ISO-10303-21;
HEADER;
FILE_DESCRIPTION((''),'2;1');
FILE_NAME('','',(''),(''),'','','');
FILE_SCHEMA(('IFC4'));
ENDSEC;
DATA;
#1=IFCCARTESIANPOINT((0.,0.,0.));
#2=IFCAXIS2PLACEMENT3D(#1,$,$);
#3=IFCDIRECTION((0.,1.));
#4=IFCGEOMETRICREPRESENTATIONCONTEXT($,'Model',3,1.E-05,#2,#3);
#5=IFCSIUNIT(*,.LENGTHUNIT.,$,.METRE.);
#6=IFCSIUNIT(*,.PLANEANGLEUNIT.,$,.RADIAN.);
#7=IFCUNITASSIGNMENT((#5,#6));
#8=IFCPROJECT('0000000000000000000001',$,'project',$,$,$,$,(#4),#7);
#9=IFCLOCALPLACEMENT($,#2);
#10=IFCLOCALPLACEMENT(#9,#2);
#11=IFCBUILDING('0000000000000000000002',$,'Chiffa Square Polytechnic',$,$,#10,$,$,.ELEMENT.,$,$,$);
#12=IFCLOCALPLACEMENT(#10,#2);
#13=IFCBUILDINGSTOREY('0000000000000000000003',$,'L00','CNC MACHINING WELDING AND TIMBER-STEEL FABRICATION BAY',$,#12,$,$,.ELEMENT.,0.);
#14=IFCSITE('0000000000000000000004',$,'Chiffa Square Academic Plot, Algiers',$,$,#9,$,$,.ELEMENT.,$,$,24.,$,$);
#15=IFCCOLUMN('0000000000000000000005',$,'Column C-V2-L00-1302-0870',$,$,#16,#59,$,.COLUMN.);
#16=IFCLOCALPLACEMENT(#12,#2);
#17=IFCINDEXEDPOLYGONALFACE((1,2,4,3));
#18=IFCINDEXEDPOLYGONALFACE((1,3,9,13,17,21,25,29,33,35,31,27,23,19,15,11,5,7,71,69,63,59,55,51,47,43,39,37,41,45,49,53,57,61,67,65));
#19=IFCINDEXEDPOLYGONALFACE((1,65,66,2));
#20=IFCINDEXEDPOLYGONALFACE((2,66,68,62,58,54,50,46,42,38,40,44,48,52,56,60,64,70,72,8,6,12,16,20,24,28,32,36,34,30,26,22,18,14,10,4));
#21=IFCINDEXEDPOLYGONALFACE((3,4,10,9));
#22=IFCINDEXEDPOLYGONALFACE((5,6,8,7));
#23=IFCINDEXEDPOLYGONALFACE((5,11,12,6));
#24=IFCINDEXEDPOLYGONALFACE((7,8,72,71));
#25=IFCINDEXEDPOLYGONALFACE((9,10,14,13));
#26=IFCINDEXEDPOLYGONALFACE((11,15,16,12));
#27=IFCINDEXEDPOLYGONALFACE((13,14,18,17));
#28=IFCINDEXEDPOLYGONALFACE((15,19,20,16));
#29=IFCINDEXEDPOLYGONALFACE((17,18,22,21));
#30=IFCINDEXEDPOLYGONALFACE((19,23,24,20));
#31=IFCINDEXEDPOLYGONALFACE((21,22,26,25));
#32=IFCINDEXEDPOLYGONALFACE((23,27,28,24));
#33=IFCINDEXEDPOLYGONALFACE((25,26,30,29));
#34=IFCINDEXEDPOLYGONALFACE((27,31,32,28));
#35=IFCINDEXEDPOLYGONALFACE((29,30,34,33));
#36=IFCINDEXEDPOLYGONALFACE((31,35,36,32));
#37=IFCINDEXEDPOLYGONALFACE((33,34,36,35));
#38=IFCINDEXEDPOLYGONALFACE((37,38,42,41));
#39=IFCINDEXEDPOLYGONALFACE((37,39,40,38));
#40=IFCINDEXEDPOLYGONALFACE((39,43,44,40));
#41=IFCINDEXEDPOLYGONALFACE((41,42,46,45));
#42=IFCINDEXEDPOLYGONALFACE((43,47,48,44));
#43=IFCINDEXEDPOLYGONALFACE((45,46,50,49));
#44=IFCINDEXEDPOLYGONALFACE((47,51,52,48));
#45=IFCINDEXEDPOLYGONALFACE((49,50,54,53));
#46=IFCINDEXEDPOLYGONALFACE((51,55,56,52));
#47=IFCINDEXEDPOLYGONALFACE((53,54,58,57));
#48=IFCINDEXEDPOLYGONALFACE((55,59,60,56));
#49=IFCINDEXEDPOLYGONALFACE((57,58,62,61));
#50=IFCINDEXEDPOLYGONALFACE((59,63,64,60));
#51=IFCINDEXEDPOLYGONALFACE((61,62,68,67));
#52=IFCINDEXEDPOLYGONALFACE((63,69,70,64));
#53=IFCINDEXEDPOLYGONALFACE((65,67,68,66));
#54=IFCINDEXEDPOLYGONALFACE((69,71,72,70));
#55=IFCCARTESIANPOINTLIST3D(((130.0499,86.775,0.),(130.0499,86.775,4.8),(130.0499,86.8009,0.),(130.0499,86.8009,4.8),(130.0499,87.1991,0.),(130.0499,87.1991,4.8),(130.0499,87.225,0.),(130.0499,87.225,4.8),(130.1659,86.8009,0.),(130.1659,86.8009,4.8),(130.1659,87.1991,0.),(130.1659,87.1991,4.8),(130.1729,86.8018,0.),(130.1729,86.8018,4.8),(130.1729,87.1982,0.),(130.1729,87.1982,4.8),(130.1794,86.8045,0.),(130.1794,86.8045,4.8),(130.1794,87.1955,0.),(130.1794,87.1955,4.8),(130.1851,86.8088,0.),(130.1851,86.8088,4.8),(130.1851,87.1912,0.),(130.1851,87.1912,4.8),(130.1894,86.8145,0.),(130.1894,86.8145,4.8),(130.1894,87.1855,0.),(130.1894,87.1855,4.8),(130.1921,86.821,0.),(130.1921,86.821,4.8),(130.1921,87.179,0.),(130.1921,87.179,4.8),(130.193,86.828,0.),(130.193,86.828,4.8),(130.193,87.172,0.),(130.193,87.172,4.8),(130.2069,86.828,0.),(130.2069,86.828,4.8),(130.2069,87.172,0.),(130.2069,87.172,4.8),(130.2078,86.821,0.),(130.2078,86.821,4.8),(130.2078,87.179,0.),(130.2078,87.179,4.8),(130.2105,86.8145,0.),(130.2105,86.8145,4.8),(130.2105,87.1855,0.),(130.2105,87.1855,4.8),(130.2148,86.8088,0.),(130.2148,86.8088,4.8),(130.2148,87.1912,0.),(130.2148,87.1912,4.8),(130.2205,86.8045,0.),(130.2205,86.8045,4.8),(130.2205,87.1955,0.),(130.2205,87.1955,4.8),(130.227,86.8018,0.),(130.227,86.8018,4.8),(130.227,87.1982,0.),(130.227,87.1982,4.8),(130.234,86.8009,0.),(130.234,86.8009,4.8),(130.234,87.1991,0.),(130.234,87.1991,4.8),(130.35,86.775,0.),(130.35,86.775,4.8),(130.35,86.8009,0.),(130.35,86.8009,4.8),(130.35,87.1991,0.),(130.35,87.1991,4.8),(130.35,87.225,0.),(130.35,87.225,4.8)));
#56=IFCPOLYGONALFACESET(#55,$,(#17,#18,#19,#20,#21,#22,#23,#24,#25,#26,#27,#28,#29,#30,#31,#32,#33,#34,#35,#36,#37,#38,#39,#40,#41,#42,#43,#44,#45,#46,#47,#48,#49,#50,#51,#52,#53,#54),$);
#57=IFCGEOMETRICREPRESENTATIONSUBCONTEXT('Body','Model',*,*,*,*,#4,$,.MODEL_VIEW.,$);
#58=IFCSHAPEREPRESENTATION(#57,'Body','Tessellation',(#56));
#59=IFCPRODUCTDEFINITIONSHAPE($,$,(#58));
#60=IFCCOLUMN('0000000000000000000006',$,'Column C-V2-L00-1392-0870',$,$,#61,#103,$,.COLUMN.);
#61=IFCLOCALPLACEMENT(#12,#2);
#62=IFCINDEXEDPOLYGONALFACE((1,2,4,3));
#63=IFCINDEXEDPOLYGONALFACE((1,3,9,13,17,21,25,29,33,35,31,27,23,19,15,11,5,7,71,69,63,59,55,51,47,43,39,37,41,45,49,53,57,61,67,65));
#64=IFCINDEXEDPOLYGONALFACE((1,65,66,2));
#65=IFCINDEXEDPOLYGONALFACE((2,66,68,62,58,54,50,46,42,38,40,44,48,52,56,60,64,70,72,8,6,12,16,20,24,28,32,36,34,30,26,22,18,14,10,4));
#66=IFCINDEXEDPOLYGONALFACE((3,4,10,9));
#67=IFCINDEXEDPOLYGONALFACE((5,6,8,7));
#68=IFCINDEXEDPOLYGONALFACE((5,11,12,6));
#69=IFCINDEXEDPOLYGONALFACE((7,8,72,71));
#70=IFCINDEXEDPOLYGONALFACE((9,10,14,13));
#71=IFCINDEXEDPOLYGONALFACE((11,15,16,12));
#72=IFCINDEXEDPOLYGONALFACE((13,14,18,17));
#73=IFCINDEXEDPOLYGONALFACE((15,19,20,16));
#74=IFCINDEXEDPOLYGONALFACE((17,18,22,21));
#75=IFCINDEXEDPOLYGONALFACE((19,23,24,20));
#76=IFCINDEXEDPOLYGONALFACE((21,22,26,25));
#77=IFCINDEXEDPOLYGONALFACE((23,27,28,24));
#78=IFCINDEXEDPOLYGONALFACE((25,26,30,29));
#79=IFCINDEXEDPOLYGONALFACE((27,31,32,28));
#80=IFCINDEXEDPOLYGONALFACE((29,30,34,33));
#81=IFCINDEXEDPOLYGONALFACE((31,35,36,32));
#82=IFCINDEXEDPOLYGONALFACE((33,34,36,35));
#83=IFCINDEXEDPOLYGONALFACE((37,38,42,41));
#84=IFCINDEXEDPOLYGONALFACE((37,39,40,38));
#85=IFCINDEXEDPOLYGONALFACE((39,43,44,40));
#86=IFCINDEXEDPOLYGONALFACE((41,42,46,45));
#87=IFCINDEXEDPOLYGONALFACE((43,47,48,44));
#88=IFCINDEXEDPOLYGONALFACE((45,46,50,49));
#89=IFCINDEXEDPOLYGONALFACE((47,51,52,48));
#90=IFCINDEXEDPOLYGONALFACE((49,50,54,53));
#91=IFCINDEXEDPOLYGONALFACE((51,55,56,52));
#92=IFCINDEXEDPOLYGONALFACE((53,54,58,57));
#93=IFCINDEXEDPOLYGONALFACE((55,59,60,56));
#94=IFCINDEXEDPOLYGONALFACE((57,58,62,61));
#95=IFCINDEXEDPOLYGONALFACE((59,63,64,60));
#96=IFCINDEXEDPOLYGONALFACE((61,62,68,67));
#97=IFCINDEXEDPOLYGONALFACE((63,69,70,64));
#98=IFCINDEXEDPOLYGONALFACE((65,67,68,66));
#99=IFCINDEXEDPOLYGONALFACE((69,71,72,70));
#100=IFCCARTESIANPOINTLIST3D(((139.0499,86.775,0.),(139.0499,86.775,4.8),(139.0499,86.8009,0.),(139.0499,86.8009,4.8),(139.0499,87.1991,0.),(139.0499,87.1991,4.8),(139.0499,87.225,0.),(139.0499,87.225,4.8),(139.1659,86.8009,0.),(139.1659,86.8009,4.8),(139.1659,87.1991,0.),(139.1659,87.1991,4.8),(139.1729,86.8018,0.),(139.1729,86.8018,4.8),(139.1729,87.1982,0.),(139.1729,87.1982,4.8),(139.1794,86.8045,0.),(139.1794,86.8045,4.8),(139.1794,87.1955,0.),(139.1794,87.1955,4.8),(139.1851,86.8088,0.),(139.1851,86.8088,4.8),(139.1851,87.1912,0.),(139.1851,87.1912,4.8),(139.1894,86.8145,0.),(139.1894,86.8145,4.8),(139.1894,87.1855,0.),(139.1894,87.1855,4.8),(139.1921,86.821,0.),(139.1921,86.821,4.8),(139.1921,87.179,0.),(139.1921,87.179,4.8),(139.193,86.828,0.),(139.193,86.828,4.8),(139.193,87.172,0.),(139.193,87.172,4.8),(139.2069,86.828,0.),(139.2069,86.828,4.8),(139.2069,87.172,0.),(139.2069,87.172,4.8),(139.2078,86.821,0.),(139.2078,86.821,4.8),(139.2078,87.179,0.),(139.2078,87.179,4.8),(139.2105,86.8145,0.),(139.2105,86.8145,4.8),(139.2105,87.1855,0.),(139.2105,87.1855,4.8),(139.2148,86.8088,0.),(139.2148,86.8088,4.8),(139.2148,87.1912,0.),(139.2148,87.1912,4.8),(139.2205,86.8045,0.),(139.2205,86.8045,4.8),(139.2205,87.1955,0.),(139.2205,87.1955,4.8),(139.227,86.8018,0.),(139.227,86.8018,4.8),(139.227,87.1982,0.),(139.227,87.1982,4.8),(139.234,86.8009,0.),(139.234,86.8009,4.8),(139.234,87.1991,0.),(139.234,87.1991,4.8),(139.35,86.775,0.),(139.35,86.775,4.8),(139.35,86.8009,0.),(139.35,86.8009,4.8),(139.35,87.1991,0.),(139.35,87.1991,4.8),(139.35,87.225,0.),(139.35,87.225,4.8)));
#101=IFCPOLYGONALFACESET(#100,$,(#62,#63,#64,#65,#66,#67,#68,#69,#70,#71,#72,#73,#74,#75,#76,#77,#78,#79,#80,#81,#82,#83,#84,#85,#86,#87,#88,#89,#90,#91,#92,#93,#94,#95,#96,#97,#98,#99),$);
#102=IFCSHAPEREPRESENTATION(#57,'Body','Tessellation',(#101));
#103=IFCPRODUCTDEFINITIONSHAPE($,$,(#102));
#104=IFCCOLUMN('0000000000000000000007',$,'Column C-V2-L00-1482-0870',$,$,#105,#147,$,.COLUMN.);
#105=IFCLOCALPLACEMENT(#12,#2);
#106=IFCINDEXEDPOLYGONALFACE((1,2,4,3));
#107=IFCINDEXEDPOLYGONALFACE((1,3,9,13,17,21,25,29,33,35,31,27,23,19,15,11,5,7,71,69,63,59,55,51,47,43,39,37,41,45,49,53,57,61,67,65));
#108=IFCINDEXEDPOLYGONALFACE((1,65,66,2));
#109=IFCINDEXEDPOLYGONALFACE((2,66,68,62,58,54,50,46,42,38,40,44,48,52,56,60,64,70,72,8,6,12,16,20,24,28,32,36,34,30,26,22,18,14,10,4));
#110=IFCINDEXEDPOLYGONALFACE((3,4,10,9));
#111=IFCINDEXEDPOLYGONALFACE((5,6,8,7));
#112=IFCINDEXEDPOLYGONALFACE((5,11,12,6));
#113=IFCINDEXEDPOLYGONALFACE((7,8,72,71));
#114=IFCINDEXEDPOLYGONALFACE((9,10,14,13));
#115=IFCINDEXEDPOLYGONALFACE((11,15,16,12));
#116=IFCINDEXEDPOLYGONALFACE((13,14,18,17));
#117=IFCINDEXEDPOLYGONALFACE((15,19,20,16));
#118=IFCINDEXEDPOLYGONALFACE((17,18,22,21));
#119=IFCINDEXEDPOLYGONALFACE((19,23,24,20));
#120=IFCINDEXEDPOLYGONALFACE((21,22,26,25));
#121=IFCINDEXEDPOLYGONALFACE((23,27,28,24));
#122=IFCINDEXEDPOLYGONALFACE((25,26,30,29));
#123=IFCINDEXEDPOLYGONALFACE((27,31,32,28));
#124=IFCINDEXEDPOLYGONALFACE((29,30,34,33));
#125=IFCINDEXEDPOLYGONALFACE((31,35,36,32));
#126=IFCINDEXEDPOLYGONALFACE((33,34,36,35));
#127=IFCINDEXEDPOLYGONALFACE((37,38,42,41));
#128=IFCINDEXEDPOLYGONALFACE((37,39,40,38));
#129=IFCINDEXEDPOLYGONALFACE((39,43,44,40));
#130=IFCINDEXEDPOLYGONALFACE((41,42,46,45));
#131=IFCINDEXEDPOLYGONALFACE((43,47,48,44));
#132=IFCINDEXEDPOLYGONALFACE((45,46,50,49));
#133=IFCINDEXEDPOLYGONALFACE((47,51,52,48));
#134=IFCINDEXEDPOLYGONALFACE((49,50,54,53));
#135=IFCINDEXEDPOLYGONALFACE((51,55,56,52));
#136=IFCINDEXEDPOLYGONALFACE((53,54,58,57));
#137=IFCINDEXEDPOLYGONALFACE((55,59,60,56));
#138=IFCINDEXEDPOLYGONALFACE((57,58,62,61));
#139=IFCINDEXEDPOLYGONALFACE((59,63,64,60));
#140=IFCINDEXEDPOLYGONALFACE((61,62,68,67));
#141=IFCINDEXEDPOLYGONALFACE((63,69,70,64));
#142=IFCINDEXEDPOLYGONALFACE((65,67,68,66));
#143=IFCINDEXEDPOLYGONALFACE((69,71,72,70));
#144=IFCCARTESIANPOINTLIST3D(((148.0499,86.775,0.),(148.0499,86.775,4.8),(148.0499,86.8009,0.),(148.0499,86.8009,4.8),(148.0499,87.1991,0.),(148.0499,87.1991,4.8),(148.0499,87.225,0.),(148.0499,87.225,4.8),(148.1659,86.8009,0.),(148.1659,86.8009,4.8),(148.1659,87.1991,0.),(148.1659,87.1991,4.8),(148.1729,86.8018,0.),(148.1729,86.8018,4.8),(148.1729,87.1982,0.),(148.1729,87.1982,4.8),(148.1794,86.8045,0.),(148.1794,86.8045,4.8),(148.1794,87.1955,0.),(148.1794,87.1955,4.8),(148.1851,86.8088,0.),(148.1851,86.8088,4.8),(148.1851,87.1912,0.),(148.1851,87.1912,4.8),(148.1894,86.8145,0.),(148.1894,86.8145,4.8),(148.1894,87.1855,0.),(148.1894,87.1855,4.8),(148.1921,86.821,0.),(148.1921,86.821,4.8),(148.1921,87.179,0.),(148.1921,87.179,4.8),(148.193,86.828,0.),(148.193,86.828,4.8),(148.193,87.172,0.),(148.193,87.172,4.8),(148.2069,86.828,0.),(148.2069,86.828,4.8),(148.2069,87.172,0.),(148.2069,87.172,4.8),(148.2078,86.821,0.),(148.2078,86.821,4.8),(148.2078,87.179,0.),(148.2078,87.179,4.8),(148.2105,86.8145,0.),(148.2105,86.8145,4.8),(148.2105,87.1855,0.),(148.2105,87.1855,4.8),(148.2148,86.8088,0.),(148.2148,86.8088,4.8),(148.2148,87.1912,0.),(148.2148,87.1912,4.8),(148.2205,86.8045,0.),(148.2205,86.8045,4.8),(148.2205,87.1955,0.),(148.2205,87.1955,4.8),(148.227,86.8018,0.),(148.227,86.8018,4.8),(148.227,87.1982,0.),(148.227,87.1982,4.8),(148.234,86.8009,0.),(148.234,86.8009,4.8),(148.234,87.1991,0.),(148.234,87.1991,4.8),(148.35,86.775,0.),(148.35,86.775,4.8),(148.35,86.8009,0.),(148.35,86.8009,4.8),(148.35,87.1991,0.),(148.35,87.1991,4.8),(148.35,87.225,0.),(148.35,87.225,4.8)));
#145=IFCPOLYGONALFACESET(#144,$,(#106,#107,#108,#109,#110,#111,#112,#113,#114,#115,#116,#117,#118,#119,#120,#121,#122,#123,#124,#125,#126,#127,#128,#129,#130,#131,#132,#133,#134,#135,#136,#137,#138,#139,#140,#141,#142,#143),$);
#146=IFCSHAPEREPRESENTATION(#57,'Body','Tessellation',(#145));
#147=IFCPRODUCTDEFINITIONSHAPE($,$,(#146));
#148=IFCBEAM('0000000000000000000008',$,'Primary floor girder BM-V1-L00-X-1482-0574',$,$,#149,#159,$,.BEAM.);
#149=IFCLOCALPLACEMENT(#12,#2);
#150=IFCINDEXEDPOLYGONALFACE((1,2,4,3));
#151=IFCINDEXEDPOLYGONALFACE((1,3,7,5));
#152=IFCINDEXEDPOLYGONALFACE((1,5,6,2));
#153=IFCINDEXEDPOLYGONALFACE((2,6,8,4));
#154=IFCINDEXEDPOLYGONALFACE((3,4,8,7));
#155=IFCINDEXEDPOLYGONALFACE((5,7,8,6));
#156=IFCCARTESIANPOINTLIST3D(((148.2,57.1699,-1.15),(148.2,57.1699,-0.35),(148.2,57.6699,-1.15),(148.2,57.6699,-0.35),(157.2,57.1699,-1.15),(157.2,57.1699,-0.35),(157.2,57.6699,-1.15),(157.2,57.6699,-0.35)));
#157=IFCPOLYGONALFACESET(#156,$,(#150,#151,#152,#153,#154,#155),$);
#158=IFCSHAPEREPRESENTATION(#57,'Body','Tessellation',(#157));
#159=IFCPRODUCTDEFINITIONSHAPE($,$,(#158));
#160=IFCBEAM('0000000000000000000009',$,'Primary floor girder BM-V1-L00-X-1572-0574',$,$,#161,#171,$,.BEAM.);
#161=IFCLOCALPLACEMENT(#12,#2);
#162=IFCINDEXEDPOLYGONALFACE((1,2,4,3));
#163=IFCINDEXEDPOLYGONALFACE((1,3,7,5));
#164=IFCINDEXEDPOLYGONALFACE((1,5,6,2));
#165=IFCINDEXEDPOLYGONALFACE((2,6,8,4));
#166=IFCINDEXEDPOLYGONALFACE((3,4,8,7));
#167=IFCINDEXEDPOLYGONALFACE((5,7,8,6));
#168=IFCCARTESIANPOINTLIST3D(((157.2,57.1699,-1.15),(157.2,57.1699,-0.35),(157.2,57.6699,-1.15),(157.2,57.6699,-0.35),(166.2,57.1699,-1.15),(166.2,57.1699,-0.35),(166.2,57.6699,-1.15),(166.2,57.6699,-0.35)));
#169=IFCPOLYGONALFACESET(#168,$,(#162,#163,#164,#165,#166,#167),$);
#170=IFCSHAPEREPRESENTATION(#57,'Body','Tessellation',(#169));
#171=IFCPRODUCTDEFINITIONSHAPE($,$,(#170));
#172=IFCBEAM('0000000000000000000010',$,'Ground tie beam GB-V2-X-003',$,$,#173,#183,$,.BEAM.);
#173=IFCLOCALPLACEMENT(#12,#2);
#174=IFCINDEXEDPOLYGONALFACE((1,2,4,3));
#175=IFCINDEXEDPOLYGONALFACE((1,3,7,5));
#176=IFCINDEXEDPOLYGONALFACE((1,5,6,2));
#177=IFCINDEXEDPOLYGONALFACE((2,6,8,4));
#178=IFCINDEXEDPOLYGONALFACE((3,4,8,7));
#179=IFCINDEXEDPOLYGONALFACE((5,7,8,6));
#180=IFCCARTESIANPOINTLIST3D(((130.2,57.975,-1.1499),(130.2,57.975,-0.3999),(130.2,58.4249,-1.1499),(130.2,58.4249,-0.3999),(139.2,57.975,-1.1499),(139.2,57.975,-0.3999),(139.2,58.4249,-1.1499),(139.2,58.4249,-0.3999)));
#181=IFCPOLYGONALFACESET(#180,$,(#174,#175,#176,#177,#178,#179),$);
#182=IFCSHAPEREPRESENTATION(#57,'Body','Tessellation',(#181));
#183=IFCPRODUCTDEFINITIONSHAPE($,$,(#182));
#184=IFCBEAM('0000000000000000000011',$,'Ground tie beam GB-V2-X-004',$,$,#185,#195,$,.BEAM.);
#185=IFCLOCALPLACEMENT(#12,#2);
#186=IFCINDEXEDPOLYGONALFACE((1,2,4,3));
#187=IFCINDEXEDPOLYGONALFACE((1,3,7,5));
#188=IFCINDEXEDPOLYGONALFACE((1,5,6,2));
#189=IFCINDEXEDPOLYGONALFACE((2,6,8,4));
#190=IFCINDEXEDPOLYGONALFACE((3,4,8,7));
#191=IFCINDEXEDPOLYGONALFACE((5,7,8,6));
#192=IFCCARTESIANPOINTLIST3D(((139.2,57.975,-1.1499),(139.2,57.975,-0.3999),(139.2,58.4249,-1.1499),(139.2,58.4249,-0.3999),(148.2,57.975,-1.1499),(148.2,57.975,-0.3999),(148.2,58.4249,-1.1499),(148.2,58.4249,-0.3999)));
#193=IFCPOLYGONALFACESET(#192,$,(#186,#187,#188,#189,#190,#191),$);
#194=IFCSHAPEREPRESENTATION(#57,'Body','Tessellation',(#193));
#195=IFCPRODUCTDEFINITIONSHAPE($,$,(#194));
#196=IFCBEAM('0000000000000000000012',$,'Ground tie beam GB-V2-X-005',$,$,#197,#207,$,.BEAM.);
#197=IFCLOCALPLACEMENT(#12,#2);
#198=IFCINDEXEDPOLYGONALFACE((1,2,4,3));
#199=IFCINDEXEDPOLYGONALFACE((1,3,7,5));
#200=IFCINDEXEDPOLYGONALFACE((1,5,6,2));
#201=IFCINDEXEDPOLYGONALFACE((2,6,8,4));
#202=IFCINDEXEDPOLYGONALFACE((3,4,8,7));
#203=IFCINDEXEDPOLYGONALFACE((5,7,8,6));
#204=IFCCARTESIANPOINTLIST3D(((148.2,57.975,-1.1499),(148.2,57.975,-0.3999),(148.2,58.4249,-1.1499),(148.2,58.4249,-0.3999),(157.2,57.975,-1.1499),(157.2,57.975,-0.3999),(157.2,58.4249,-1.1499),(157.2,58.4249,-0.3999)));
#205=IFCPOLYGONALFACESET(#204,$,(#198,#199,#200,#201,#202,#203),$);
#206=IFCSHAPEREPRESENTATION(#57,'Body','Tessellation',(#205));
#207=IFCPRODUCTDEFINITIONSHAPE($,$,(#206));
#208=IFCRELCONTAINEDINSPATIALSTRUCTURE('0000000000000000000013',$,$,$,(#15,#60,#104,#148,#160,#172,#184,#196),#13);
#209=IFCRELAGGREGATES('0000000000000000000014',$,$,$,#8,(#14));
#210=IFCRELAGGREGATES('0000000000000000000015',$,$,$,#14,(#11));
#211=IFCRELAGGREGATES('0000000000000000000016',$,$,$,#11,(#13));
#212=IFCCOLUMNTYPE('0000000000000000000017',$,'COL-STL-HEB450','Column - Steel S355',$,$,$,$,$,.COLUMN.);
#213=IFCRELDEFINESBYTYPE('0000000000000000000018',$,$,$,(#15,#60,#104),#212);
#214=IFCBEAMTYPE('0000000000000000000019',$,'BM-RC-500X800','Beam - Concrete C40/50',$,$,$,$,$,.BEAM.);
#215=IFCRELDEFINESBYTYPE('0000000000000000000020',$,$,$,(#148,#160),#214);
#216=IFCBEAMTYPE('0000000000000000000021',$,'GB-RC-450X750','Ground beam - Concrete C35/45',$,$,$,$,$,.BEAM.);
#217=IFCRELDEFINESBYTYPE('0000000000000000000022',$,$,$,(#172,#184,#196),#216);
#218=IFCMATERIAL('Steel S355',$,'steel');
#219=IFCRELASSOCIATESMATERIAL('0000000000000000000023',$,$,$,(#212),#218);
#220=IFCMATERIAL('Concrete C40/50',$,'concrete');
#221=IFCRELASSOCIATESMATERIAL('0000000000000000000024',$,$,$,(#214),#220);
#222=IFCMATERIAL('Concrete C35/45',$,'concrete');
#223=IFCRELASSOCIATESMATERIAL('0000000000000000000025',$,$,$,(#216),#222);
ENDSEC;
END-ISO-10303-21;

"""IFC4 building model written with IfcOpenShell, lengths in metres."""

from ifc_helpers import new_model, si_unit, direction, frame, origin, origin_2d, place, context, subcontext, project, spatial, rectangle, i_section, extrude, material, material_profile, profile_set, type_object, element, save


model = new_model("IFC4")

# Units and contexts
model_context = context("Model", 3, precision=1e-05, world=origin(), true_north=direction((0.0, 1.0)))
body_context = subcontext(model_context, "Body", "Model", "MODEL_VIEW")
ifc_project = project(units=[si_unit("LENGTHUNIT", "METRE"), si_unit("PLANEANGLEUNIT", "RADIAN")], contexts=[model_context])

# Site, building, storey
site_placement = place(None, origin())
site = spatial("IfcSite", under=ifc_project, at=site_placement, Name="Chiffa Square Academic Plot, Algiers", CompositionType="ELEMENT", RefElevation=24.0)
building_placement = place(site_placement, origin())
building = spatial("IfcBuilding", under=site, at=building_placement, Name="Chiffa Square Polytechnic", CompositionType="ELEMENT")
storey_placement = place(building_placement, origin())
storey = spatial("IfcBuildingStorey", under=building, at=storey_placement, Name="L00", Description="CNC MACHINING WELDING AND TIMBER-STEEL FABRICATION BAY", CompositionType="ELEMENT", Elevation=0.0)

# Columns
ifc_material_1 = material(Name="Concrete C40/50", Category="concrete")
ifc_material_2 = material(Name="Steel S355", Category="steel")
ifc_material_profile_1 = material_profile(ifc_material_2, i_section(OverallWidth=0.3, OverallDepth=0.45, WebThickness=0.0139, FlangeThickness=0.0259, FilletRadius=0.0271, at=origin_2d()), Name="HEB 450")
ifc_profile_set_1 = profile_set([ifc_material_profile_1], Name="Steel S355")
column_type_1 = type_object("IfcColumnType", Name="COL-STL-HEB450", Description="Column - Steel S355", PredefinedType="COLUMN", material=ifc_profile_set_1)
for number, where, z_axis, x_axis, name in (
    (1, (130.2, 87.0, 0.0), (0.0, 0.0, 1.0), (1.0, 0.0, 0.0), "Column C-V2-L00-1302-0870"),
    (2, (139.2, 87.0, 0.0), (0.0, 0.0, 1.0), (1.0, 0.0, 0.0), "Column C-V2-L00-1392-0870"),
    (3, (148.2, 87.0, 0.0), (0.0, 0.0, 1.0), (1.0, 0.0, 0.0), "Column C-V2-L00-1482-0870"),
):
    element("IfcColumn", number, at=place(storey_placement, frame(where, z_axis=z_axis, x_axis=x_axis)), inside=storey, type_object=column_type_1, Name=name, PredefinedType="COLUMN", context=body_context, shape_type="SweptSolid", body=[
        extrude(i_section(OverallWidth=0.3, OverallDepth=0.45, WebThickness=0.0139, FlangeThickness=0.0259, FilletRadius=0.0271, at=origin_2d()), origin(), (0.0, 0.0, 1.0), 4.8),
    ])

# Beams
ifc_material_profile_2 = material_profile(ifc_material_1, rectangle(XDim=0.5, YDim=0.8, at=origin_2d()), Name="RC 500x800")
ifc_profile_set_2 = profile_set([ifc_material_profile_2], Name="Concrete C40/50")
beam_type_1 = type_object("IfcBeamType", Name="BM-RC-500X800", Description="Beam - Concrete C40/50", PredefinedType="BEAM", material=ifc_profile_set_2)
for number, where, z_axis, x_axis, name in (
    (4, (148.2, 57.4199, -0.75), (1.0, 0.0, 0.0), (0.0, 1.0, 0.0), "Primary floor girder BM-V1-L00-X-1482-0574"),
    (5, (157.2, 57.4199, -0.75), (1.0, 0.0, 0.0), (0.0, 1.0, 0.0), "Primary floor girder BM-V1-L00-X-1572-0574"),
):
    element("IfcBeam", number, at=place(storey_placement, frame(where, z_axis=z_axis, x_axis=x_axis)), inside=storey, type_object=beam_type_1, Name=name, PredefinedType="BEAM", context=body_context, shape_type="SweptSolid", body=[
        extrude(rectangle(XDim=0.5, YDim=0.8, at=origin_2d()), origin(), (0.0, 0.0, 1.0), 9.0),
    ])
ifc_material_3 = material(Name="Concrete C35/45", Category="concrete")
ifc_material_profile_3 = material_profile(ifc_material_3, rectangle(XDim=0.45, YDim=0.75, at=origin_2d()), Name="RC 450x750")
ifc_profile_set_3 = profile_set([ifc_material_profile_3], Name="Concrete C35/45")
beam_type_2 = type_object("IfcBeamType", Name="GB-RC-450X750", Description="Ground beam - Concrete C35/45", PredefinedType="BEAM", material=ifc_profile_set_3)
for number, where, z_axis, x_axis, name in (
    (6, (130.2, 58.2, -0.7749), (1.0, 0.0, 0.0), (0.0, 1.0, 0.0), "Ground tie beam GB-V2-X-003"),
    (7, (139.2, 58.2, -0.7749), (1.0, 0.0, 0.0), (0.0, 1.0, 0.0), "Ground tie beam GB-V2-X-004"),
    (8, (148.2, 58.2, -0.7749), (1.0, 0.0, 0.0), (0.0, 1.0, 0.0), "Ground tie beam GB-V2-X-005"),
):
    element("IfcBeam", number, at=place(storey_placement, frame(where, z_axis=z_axis, x_axis=x_axis)), inside=storey, type_object=beam_type_2, Name=name, PredefinedType="BEAM", context=body_context, shape_type="SweptSolid", body=[
        extrude(rectangle(XDim=0.45, YDim=0.75, at=origin_2d()), origin(), (0.0, 0.0, 1.0), 9.0),
    ])

save(model, "model.ifc")
